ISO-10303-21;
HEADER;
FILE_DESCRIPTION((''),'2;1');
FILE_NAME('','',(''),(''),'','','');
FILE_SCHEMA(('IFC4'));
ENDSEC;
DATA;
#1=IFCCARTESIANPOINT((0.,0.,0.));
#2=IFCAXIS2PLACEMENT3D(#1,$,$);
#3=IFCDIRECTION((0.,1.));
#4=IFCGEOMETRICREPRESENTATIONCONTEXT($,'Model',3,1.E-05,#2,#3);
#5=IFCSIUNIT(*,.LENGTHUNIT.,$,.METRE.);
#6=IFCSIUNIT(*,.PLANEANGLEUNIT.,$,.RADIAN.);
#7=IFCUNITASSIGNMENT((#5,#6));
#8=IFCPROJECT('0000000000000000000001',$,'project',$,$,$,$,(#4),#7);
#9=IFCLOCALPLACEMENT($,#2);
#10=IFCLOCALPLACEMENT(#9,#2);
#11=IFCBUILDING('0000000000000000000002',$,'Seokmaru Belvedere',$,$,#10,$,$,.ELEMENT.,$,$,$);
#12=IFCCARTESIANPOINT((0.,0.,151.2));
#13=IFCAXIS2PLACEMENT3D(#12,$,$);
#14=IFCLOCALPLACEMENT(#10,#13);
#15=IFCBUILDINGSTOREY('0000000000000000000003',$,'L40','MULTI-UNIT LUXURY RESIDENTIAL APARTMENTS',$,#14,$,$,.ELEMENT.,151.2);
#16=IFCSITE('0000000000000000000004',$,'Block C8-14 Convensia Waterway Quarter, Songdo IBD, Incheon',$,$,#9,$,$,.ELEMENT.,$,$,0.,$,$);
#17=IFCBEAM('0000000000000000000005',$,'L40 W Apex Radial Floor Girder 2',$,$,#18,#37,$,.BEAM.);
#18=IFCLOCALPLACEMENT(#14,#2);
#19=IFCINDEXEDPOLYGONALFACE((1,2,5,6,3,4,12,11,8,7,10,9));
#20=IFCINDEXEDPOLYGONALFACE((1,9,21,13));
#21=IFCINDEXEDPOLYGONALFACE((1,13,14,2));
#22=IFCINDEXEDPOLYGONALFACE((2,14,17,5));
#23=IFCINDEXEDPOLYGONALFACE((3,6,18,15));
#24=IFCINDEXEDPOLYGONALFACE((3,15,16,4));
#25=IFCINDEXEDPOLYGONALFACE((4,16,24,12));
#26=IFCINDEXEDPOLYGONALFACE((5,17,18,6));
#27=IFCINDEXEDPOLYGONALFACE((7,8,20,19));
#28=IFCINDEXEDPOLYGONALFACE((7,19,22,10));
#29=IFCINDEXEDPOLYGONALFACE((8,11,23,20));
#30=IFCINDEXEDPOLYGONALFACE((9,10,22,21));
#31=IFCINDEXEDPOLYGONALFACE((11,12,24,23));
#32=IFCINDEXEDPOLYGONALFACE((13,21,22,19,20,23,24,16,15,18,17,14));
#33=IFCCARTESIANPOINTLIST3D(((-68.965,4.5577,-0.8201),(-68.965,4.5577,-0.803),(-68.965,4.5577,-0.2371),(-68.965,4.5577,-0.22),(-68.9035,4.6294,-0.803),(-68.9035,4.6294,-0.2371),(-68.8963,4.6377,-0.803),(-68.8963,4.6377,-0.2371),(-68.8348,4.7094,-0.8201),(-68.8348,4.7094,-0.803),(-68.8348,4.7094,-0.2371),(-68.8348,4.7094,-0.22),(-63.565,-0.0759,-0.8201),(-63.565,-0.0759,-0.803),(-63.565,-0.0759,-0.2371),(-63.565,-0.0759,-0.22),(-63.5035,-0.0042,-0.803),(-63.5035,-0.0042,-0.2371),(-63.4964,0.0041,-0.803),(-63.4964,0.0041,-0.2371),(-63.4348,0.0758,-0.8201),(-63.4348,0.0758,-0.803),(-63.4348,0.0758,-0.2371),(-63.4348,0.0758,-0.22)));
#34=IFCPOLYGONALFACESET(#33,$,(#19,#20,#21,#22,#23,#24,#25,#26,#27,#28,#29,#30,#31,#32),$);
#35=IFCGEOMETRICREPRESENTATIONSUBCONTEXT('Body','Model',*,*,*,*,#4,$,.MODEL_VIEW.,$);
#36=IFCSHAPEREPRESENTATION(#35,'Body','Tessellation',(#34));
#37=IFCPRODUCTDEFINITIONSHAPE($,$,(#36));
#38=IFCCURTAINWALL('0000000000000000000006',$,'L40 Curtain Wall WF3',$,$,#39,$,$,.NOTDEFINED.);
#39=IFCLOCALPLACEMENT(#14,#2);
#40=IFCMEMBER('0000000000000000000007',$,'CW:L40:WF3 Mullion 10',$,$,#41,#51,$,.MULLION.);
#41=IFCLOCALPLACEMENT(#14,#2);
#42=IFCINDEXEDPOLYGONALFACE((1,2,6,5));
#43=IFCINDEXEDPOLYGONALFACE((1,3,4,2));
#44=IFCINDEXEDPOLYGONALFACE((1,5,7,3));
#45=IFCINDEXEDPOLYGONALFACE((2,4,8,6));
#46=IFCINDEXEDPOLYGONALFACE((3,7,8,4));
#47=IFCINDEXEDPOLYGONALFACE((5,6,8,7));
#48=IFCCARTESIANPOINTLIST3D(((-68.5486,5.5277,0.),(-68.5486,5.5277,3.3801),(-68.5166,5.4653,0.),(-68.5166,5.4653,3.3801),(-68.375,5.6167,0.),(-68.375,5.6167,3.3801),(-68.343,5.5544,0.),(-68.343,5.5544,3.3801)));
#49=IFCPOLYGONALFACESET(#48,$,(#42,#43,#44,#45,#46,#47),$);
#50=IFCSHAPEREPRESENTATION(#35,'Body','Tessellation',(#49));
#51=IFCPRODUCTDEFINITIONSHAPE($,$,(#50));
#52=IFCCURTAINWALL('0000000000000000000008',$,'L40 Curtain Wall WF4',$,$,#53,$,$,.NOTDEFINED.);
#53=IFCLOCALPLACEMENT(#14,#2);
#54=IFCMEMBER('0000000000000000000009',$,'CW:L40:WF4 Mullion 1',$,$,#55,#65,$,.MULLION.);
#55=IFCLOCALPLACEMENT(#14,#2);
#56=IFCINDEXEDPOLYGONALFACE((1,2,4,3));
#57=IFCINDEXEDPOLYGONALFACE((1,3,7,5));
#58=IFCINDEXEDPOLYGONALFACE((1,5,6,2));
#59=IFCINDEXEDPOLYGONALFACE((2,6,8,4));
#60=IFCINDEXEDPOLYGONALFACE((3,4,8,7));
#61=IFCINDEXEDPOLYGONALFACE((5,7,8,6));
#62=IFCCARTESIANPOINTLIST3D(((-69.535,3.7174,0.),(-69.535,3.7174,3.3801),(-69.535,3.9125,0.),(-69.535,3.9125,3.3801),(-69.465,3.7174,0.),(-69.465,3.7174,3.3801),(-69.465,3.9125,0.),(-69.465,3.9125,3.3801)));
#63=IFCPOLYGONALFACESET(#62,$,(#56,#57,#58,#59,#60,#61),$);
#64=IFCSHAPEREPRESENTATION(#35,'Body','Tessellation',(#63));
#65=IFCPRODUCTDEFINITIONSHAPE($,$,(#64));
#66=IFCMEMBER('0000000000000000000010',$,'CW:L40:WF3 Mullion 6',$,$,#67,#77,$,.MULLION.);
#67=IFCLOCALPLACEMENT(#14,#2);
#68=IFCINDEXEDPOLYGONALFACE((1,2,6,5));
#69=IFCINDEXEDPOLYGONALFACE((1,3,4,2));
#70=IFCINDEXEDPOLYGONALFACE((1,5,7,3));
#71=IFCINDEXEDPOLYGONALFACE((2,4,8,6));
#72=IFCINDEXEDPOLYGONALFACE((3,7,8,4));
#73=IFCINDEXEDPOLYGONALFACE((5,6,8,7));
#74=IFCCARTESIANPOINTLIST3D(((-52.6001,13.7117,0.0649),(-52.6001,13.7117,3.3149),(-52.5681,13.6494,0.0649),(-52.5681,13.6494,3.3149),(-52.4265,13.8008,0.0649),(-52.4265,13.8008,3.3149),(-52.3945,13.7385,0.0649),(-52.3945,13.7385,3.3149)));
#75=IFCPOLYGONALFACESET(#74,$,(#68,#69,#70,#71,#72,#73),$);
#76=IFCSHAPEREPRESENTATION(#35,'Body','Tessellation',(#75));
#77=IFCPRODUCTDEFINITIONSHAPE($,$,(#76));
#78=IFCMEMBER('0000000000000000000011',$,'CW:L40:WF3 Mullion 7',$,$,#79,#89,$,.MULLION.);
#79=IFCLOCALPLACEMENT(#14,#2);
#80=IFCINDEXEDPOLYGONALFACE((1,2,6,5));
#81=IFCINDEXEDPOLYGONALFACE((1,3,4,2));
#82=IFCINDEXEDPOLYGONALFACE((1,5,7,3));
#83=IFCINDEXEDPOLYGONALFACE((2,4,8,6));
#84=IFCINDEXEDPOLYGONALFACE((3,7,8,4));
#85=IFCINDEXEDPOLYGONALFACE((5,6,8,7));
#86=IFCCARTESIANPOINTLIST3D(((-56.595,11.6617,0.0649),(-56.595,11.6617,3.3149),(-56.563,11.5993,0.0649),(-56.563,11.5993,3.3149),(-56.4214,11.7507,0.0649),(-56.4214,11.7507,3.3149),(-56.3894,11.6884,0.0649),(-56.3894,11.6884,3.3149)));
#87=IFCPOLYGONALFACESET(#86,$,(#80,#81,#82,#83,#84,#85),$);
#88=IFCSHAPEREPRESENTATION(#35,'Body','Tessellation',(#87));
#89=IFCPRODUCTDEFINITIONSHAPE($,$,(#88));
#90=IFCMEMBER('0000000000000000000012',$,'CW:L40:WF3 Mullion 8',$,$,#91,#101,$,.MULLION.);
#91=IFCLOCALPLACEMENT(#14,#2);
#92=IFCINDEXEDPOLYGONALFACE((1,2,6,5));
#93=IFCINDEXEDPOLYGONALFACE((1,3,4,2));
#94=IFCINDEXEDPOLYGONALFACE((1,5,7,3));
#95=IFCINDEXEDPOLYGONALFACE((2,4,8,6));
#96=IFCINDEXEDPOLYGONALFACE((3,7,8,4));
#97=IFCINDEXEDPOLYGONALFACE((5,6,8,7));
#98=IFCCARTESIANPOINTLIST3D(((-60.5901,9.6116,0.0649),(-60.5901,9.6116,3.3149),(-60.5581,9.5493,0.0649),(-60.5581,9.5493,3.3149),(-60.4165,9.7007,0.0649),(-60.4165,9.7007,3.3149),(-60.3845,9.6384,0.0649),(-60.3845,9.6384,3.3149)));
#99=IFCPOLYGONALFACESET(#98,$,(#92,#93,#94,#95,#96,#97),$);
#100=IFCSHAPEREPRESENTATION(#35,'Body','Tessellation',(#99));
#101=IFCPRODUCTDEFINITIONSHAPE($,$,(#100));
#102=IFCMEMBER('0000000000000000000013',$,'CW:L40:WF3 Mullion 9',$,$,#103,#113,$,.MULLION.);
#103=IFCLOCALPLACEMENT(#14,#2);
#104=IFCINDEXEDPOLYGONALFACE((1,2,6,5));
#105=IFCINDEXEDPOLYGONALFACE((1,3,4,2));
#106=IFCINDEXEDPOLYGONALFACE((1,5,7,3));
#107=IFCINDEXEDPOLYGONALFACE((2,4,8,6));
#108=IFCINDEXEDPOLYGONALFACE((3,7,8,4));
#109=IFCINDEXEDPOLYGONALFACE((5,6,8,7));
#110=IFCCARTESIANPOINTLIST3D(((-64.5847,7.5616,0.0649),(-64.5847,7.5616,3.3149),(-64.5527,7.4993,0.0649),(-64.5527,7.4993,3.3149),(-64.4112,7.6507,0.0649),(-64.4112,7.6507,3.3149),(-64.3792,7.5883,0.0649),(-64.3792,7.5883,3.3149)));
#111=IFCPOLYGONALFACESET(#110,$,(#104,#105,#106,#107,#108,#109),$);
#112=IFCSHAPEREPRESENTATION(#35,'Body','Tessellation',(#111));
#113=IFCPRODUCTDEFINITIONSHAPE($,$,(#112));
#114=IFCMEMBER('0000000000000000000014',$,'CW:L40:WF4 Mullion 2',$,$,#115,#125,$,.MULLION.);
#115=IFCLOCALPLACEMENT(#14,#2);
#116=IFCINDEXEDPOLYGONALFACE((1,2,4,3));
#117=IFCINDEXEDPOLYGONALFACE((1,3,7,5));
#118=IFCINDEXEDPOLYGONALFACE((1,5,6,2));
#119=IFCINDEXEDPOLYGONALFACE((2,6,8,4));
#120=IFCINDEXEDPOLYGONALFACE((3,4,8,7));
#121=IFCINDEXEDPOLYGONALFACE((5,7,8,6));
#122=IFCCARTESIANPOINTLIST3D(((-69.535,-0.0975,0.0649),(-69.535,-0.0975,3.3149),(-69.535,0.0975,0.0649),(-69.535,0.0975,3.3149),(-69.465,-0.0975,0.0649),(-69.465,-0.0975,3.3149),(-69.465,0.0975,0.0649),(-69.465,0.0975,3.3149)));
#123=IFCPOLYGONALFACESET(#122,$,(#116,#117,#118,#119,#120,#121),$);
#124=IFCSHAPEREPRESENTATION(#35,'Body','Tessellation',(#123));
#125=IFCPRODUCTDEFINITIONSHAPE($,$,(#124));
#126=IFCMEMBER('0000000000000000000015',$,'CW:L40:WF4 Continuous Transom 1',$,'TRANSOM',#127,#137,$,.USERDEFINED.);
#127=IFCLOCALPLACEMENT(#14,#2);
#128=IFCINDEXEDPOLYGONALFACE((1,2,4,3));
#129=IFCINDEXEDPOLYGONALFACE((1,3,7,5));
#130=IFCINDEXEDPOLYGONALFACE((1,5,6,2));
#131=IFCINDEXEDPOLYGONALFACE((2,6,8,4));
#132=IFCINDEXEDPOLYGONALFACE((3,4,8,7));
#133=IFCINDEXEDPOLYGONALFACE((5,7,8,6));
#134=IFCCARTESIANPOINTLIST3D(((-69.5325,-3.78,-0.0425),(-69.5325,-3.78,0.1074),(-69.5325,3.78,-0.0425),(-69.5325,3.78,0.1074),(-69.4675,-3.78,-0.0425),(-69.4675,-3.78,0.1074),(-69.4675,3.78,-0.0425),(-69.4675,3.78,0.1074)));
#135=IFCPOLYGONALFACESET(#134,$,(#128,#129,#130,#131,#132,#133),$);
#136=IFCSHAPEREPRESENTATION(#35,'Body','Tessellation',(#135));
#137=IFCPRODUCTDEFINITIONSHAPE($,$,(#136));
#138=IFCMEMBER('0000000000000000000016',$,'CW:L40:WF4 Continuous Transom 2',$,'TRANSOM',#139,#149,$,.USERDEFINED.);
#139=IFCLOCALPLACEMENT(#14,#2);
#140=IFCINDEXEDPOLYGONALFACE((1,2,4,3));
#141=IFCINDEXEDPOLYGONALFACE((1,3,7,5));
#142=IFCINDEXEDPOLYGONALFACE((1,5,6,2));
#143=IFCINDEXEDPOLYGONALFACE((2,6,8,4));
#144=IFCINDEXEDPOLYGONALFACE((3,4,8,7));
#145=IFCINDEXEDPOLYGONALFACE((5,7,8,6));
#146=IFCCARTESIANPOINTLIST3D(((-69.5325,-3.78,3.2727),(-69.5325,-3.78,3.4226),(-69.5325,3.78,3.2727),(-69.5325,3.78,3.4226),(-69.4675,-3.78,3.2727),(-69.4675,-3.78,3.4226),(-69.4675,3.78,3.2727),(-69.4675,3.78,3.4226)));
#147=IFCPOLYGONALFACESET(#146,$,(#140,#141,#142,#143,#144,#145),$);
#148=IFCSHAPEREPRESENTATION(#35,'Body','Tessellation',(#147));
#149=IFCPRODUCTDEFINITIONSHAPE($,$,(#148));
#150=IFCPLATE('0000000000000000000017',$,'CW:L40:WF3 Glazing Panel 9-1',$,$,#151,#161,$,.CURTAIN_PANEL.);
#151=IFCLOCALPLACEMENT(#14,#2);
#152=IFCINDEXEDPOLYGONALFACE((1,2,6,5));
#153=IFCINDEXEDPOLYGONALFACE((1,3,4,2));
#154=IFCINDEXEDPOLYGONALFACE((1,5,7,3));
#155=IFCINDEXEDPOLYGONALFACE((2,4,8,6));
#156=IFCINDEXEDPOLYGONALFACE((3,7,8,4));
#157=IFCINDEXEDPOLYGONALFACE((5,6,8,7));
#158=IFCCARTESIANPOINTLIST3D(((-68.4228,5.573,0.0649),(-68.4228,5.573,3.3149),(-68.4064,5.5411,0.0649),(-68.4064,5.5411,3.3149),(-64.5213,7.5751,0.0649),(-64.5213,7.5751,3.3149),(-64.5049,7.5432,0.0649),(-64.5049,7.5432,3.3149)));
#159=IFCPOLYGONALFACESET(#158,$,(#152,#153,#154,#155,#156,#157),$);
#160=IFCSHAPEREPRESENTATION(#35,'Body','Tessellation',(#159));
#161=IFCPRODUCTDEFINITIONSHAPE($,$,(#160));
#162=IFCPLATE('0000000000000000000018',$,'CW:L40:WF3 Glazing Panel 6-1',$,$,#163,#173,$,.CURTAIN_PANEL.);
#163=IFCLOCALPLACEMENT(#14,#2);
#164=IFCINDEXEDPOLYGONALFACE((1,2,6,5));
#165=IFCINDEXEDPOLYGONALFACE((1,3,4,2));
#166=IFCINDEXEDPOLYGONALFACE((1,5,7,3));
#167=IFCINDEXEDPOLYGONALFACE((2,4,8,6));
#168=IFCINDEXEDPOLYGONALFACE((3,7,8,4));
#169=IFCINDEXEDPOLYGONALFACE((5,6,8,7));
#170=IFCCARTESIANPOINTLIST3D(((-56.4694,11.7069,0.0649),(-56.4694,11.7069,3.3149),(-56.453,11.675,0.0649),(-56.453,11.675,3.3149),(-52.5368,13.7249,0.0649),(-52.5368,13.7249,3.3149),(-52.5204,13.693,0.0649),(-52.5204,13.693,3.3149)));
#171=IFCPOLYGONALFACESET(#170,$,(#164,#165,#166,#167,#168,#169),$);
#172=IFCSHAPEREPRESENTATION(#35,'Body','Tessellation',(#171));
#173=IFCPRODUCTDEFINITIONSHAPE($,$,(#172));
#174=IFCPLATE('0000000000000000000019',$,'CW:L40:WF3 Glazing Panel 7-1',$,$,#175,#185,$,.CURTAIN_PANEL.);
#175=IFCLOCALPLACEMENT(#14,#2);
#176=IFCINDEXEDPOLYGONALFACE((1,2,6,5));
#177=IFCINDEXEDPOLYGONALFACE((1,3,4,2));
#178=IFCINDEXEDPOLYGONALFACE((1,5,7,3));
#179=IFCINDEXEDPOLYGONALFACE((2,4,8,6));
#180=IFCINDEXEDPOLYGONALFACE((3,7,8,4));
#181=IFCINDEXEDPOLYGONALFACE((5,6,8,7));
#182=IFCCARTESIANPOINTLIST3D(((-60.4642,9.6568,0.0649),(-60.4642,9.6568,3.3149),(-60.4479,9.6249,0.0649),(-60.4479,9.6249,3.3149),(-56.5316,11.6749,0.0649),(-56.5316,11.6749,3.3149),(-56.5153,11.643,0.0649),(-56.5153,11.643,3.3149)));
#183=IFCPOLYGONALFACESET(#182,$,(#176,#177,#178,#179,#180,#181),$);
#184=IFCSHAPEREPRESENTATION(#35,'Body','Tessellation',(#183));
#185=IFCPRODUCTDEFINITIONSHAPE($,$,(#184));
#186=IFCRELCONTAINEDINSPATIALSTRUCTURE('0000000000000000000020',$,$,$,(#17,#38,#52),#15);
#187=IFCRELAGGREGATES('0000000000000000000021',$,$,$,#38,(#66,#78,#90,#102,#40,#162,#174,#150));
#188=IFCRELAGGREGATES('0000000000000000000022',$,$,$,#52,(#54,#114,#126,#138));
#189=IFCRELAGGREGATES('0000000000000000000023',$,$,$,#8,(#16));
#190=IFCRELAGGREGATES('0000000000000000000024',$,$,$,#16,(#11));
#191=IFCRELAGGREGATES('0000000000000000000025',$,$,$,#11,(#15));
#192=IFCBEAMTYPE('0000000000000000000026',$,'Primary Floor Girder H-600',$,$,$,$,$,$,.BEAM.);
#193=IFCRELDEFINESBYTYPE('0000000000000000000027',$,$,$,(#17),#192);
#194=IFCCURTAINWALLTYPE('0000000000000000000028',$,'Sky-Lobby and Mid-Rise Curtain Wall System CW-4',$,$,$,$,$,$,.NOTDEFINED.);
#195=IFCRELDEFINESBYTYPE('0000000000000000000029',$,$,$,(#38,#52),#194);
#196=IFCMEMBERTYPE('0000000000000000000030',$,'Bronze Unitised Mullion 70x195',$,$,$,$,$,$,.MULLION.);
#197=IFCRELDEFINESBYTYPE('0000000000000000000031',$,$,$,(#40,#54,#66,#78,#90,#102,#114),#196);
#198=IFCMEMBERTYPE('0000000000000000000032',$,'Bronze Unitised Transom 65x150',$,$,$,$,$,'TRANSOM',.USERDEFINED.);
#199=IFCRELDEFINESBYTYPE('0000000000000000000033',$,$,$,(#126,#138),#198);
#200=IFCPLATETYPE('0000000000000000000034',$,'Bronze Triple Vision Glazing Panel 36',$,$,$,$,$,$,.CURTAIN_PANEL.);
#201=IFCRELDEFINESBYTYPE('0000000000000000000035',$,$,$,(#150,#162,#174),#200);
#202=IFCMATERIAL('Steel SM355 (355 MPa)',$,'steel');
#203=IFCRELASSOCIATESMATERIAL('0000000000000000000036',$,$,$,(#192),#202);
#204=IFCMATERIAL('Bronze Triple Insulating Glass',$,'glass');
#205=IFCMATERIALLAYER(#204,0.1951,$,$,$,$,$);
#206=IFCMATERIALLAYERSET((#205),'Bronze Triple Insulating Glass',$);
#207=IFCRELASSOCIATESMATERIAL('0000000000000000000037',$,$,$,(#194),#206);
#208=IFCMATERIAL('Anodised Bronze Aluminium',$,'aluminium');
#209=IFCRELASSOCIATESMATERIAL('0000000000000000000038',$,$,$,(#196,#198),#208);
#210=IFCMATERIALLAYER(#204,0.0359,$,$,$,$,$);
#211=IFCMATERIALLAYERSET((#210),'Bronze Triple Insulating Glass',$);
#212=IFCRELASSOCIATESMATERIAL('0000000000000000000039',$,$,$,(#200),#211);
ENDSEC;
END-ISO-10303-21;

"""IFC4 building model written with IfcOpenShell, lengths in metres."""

from ifc_helpers import new_model, si_unit, direction, frame, origin, origin_2d, place, context, subcontext, project, spatial, rectangle, i_section, extrude, source, transform, mapped, material, layer, layer_set, material_profile, profile_set, type_object, type_shapes, element, aggregate, save


model = new_model("IFC4")

# Units and contexts
model_context = context("Model", 3, precision=1e-05, world=origin(), true_north=direction((0.0, 1.0)))
body_context = subcontext(model_context, "Body", "Model", "MODEL_VIEW")
ifc_project = project(units=[si_unit("LENGTHUNIT", "METRE"), si_unit("PLANEANGLEUNIT", "RADIAN")], contexts=[model_context])

# Site, building, storey
site_placement = place(None, origin())
site = spatial("IfcSite", under=ifc_project, at=site_placement, Name="Block C8-14 Convensia Waterway Quarter, Songdo IBD, Incheon", CompositionType="ELEMENT", RefElevation=0.0)
building_placement = place(site_placement, origin())
building = spatial("IfcBuilding", under=site, at=building_placement, Name="Seokmaru Belvedere", CompositionType="ELEMENT")
storey_placement = place(building_placement, frame((0.0, 0.0, 151.2)))
storey = spatial("IfcBuildingStorey", under=building, at=storey_placement, Name="L40", Description="MULTI-UNIT LUXURY RESIDENTIAL APARTMENTS", CompositionType="ELEMENT", Elevation=151.2)

# Shared definitions
ifc_material_1 = material(Name="Steel SM355 (355 MPa)", Category="steel")

# Beam
ifc_material_profile_1 = material_profile(ifc_material_1, i_section(OverallWidth=0.2, OverallDepth=0.6001, WebThickness=0.011, FlangeThickness=0.0171, at=origin_2d()), Name="H-600x200x11x17")
ifc_profile_set_1 = profile_set([ifc_material_profile_1], Name="Steel SM355 (355 MPa)")
beam_type_1 = type_object("IfcBeamType", Name="Primary Floor Girder H-600", PredefinedType="BEAM", material=ifc_profile_set_1)
shared_shape_1 = source(origin(), body_context, "Body", "SweptSolid", [
    extrude(i_section(OverallWidth=0.2, OverallDepth=0.6001, WebThickness=0.011, FlangeThickness=0.0171, at=origin_2d()), origin(), (0.0, 0.0, 1.0), 7.1155),
])
beam_1_placement = place(storey_placement, frame((-68.8999, 4.6335, -0.52), z_axis=(0.758905, -0.651201, 0.0), x_axis=(0.651201, 0.758905, 0.0)))
element("IfcBeam", 1, at=beam_1_placement, inside=storey, type_object=beam_type_1, Name="L40 W Apex Radial Floor Girder 2", PredefinedType="BEAM", context=body_context, shape_type="MappedRepresentation", body=[
    mapped(shared_shape_1, transform((0.0, 0.0, 0.0), scale=1.0)),
])

# Curtain walls, members
ifc_material_2 = material(Name="Bronze Triple Insulating Glass", Category="glass")
ifc_layer_1 = layer(ifc_material_2, 0.1951)
ifc_layer_set_1 = layer_set([ifc_layer_1], Name="Bronze Triple Insulating Glass")
curtain_wall_type = type_object("IfcCurtainWallType", Name="Sky-Lobby and Mid-Rise Curtain Wall System CW-4", PredefinedType="NOTDEFINED", material=ifc_layer_set_1)
curtain_wall_1_placement = place(storey_placement, origin())
curtain_wall_1 = element("IfcCurtainWall", 2, at=curtain_wall_1_placement, inside=storey, type_object=curtain_wall_type, Name="L40 Curtain Wall WF3", PredefinedType="NOTDEFINED")
ifc_material_3 = material(Name="Anodised Bronze Aluminium", Category="aluminium")
ifc_material_profile_2 = material_profile(ifc_material_3, rectangle(XDim=0.0701, YDim=0.1951, at=origin_2d()), Name="CW-M-70x195")
ifc_profile_set_2 = profile_set([ifc_material_profile_2], Name="Anodised Bronze Aluminium")
member_type_1 = type_object("IfcMemberType", Name="Bronze Unitised Mullion 70x195", PredefinedType="MULLION", material=ifc_profile_set_2)
shared_shape_2 = source(origin(), body_context, "Body", "SweptSolid", [
    extrude(rectangle(XDim=0.0701, YDim=0.1951, at=origin_2d()), origin(), (0.0, 0.0, 1.0), 3.3801),
])
member_1_placement = place(storey_placement, frame((-68.4458, 5.541, 0.0), z_axis=(0.0, 0.0, 1.0), x_axis=(0.456555, -0.889695, 0.0)))
member_1 = element("IfcMember", 3, at=member_1_placement, type_object=member_type_1, Name="CW:L40:WF3 Mullion 10", PredefinedType="MULLION", context=body_context, shape_type="MappedRepresentation", body=[
    mapped(shared_shape_2, transform((0.0, 0.0, 0.0), scale=1.0)),
])
curtain_wall_2_placement = place(storey_placement, origin())
curtain_wall_2 = element("IfcCurtainWall", 4, at=curtain_wall_2_placement, inside=storey, type_object=curtain_wall_type, Name="L40 Curtain Wall WF4", PredefinedType="NOTDEFINED")
member_2_placement = place(storey_placement, frame((-69.5, 3.8149, 0.0), z_axis=(0.0, 0.0, 1.0), x_axis=(1.0, 0.0, 0.0)))
member_2 = element("IfcMember", 5, at=member_2_placement, type_object=member_type_1, Name="CW:L40:WF4 Mullion 1", PredefinedType="MULLION", context=body_context, shape_type="MappedRepresentation", body=[
    mapped(shared_shape_2, transform((0.0, 0.0, 0.0), scale=1.0)),
])

# Members
shared_shape_3 = source(origin(), body_context, "Body", "SweptSolid", [
    extrude(rectangle(XDim=0.0701, YDim=0.1951, at=origin_2d()), origin(), (0.0, 0.0, 1.0), 3.25),
])
type_shapes(member_type_1, [shared_shape_2, shared_shape_3])
member_3_placement = place(storey_placement, frame((-52.4973, 13.7251, 0.0649), z_axis=(0.0, 0.0, 1.0), x_axis=(0.456555, -0.889695, 0.0)))
member_3 = element("IfcMember", 6, at=member_3_placement, type_object=member_type_1, Name="CW:L40:WF3 Mullion 6", PredefinedType="MULLION", context=body_context, shape_type="MappedRepresentation", body=[
    mapped(shared_shape_3, transform((0.0, 0.0, 0.0), scale=1.0)),
])
member_4_placement = place(storey_placement, frame((-56.4922, 11.675, 0.0649), z_axis=(0.0, 0.0, 1.0), x_axis=(0.456555, -0.889695, 0.0)))
member_4 = element("IfcMember", 7, at=member_4_placement, type_object=member_type_1, Name="CW:L40:WF3 Mullion 7", PredefinedType="MULLION", context=body_context, shape_type="MappedRepresentation", body=[
    mapped(shared_shape_3, transform((0.0, 0.0, 0.0), scale=1.0)),
])
member_5_placement = place(storey_placement, frame((-60.4873, 9.625, 0.0649), z_axis=(0.0, 0.0, 1.0), x_axis=(0.456555, -0.889695, 0.0)))
member_5 = element("IfcMember", 8, at=member_5_placement, type_object=member_type_1, Name="CW:L40:WF3 Mullion 8", PredefinedType="MULLION", context=body_context, shape_type="MappedRepresentation", body=[
    mapped(shared_shape_3, transform((0.0, 0.0, 0.0), scale=1.0)),
])
member_6_placement = place(storey_placement, frame((-64.4819, 7.575, 0.0649), z_axis=(0.0, 0.0, 1.0), x_axis=(0.456555, -0.889695, 0.0)))
member_6 = element("IfcMember", 9, at=member_6_placement, type_object=member_type_1, Name="CW:L40:WF3 Mullion 9", PredefinedType="MULLION", context=body_context, shape_type="MappedRepresentation", body=[
    mapped(shared_shape_3, transform((0.0, 0.0, 0.0), scale=1.0)),
])
member_7_placement = place(storey_placement, frame((-69.5, 0.0, 0.0649), z_axis=(0.0, 0.0, 1.0), x_axis=(1.0, 0.0, 0.0)))
member_7 = element("IfcMember", 10, at=member_7_placement, type_object=member_type_1, Name="CW:L40:WF4 Mullion 2", PredefinedType="MULLION", context=body_context, shape_type="MappedRepresentation", body=[
    mapped(shared_shape_3, transform((0.0, 0.0, 0.0), scale=1.0)),
])
ifc_material_profile_3 = material_profile(ifc_material_3, rectangle(XDim=0.0649, YDim=0.1499, at=origin_2d()), Name="CW-T-65x150")
ifc_profile_set_3 = profile_set([ifc_material_profile_3], Name="Anodised Bronze Aluminium")
member_type_2 = type_object("IfcMemberType", Name="Bronze Unitised Transom 65x150", ElementType="TRANSOM", PredefinedType="USERDEFINED", material=ifc_profile_set_3)
shared_shape_4 = source(origin(), body_context, "Body", "SweptSolid", [
    extrude(rectangle(XDim=0.0649, YDim=0.1499, at=origin_2d()), origin(), (0.0, 0.0, 1.0), 7.5601),
])
type_shapes(member_type_2, [shared_shape_4])
member_8_placement = place(storey_placement, frame((-69.5, 3.78, 0.0325), z_axis=(0.0, -1.0, 0.0), x_axis=(1.0, 0.0, 0.0)))
member_8 = element("IfcMember", 11, at=member_8_placement, type_object=member_type_2, Name="CW:L40:WF4 Continuous Transom 1", ObjectType="TRANSOM", PredefinedType="USERDEFINED", context=body_context, shape_type="MappedRepresentation", body=[
    mapped(shared_shape_4, transform((0.0, 0.0, 0.0), scale=1.0)),
])
member_9_placement = place(storey_placement, frame((-69.5, 3.78, 3.3477), z_axis=(0.0, -1.0, 0.0), x_axis=(1.0, 0.0, 0.0)))
member_9 = element("IfcMember", 12, at=member_9_placement, type_object=member_type_2, Name="CW:L40:WF4 Continuous Transom 2", ObjectType="TRANSOM", PredefinedType="USERDEFINED", context=body_context, shape_type="MappedRepresentation", body=[
    mapped(shared_shape_4, transform((0.0, 0.0, 0.0), scale=1.0)),
])

# Plates
ifc_layer_2 = layer(ifc_material_2, 0.0359)
ifc_layer_set_2 = layer_set([ifc_layer_2], Name="Bronze Triple Insulating Glass")
plate_type = type_object("IfcPlateType", Name="Bronze Triple Vision Glazing Panel 36", PredefinedType="CURTAIN_PANEL", material=ifc_layer_set_2)
shared_shape_5 = source(origin(), body_context, "Body", "SweptSolid", [
    extrude(rectangle(XDim=4.3853, YDim=0.0359, at=origin_2d()), origin(), (0.0, 0.0, 1.0), 3.25),
])
plate_1_placement = place(storey_placement, frame((-66.4639, 6.5581, 0.0649), z_axis=(0.0, 0.0, 1.0), x_axis=(-0.889695, -0.456555, 0.0)))
plate_1 = element("IfcPlate", 13, at=plate_1_placement, type_object=plate_type, Name="CW:L40:WF3 Glazing Panel 9-1", PredefinedType="CURTAIN_PANEL", context=body_context, shape_type="MappedRepresentation", body=[
    mapped(shared_shape_5, transform((0.0, 0.0, 0.0), scale=1.0)),
])
shared_shape_6 = source(origin(), body_context, "Body", "SweptSolid", [
    extrude(rectangle(XDim=4.4202, YDim=0.0359, at=origin_2d()), origin(), (0.0, 0.0, 1.0), 3.25),
])
plate_2_placement = place(storey_placement, frame((-54.4949, 12.7, 0.0649), z_axis=(0.0, 0.0, 1.0), x_axis=(-0.889695, -0.456555, 0.0)))
plate_2 = element("IfcPlate", 14, at=plate_2_placement, type_object=plate_type, Name="CW:L40:WF3 Glazing Panel 6-1", PredefinedType="CURTAIN_PANEL", context=body_context, shape_type="MappedRepresentation", body=[
    mapped(shared_shape_6, transform((0.0, 0.0, 0.0), scale=1.0)),
])
plate_3_placement = place(storey_placement, frame((-58.4897, 10.6499, 0.0649), z_axis=(0.0, 0.0, 1.0), x_axis=(-0.889695, -0.456555, 0.0)))
plate_3 = element("IfcPlate", 15, at=plate_3_placement, type_object=plate_type, Name="CW:L40:WF3 Glazing Panel 7-1", PredefinedType="CURTAIN_PANEL", context=body_context, shape_type="MappedRepresentation", body=[
    mapped(shared_shape_6, transform((0.0, 0.0, 0.0), scale=1.0)),
])
aggregate(curtain_wall_1, [member_3, member_4, member_5, member_6, member_1, plate_2, plate_3, plate_1])
aggregate(curtain_wall_2, [member_2, member_7, member_8, member_9])

save(model, "model.ifc")
